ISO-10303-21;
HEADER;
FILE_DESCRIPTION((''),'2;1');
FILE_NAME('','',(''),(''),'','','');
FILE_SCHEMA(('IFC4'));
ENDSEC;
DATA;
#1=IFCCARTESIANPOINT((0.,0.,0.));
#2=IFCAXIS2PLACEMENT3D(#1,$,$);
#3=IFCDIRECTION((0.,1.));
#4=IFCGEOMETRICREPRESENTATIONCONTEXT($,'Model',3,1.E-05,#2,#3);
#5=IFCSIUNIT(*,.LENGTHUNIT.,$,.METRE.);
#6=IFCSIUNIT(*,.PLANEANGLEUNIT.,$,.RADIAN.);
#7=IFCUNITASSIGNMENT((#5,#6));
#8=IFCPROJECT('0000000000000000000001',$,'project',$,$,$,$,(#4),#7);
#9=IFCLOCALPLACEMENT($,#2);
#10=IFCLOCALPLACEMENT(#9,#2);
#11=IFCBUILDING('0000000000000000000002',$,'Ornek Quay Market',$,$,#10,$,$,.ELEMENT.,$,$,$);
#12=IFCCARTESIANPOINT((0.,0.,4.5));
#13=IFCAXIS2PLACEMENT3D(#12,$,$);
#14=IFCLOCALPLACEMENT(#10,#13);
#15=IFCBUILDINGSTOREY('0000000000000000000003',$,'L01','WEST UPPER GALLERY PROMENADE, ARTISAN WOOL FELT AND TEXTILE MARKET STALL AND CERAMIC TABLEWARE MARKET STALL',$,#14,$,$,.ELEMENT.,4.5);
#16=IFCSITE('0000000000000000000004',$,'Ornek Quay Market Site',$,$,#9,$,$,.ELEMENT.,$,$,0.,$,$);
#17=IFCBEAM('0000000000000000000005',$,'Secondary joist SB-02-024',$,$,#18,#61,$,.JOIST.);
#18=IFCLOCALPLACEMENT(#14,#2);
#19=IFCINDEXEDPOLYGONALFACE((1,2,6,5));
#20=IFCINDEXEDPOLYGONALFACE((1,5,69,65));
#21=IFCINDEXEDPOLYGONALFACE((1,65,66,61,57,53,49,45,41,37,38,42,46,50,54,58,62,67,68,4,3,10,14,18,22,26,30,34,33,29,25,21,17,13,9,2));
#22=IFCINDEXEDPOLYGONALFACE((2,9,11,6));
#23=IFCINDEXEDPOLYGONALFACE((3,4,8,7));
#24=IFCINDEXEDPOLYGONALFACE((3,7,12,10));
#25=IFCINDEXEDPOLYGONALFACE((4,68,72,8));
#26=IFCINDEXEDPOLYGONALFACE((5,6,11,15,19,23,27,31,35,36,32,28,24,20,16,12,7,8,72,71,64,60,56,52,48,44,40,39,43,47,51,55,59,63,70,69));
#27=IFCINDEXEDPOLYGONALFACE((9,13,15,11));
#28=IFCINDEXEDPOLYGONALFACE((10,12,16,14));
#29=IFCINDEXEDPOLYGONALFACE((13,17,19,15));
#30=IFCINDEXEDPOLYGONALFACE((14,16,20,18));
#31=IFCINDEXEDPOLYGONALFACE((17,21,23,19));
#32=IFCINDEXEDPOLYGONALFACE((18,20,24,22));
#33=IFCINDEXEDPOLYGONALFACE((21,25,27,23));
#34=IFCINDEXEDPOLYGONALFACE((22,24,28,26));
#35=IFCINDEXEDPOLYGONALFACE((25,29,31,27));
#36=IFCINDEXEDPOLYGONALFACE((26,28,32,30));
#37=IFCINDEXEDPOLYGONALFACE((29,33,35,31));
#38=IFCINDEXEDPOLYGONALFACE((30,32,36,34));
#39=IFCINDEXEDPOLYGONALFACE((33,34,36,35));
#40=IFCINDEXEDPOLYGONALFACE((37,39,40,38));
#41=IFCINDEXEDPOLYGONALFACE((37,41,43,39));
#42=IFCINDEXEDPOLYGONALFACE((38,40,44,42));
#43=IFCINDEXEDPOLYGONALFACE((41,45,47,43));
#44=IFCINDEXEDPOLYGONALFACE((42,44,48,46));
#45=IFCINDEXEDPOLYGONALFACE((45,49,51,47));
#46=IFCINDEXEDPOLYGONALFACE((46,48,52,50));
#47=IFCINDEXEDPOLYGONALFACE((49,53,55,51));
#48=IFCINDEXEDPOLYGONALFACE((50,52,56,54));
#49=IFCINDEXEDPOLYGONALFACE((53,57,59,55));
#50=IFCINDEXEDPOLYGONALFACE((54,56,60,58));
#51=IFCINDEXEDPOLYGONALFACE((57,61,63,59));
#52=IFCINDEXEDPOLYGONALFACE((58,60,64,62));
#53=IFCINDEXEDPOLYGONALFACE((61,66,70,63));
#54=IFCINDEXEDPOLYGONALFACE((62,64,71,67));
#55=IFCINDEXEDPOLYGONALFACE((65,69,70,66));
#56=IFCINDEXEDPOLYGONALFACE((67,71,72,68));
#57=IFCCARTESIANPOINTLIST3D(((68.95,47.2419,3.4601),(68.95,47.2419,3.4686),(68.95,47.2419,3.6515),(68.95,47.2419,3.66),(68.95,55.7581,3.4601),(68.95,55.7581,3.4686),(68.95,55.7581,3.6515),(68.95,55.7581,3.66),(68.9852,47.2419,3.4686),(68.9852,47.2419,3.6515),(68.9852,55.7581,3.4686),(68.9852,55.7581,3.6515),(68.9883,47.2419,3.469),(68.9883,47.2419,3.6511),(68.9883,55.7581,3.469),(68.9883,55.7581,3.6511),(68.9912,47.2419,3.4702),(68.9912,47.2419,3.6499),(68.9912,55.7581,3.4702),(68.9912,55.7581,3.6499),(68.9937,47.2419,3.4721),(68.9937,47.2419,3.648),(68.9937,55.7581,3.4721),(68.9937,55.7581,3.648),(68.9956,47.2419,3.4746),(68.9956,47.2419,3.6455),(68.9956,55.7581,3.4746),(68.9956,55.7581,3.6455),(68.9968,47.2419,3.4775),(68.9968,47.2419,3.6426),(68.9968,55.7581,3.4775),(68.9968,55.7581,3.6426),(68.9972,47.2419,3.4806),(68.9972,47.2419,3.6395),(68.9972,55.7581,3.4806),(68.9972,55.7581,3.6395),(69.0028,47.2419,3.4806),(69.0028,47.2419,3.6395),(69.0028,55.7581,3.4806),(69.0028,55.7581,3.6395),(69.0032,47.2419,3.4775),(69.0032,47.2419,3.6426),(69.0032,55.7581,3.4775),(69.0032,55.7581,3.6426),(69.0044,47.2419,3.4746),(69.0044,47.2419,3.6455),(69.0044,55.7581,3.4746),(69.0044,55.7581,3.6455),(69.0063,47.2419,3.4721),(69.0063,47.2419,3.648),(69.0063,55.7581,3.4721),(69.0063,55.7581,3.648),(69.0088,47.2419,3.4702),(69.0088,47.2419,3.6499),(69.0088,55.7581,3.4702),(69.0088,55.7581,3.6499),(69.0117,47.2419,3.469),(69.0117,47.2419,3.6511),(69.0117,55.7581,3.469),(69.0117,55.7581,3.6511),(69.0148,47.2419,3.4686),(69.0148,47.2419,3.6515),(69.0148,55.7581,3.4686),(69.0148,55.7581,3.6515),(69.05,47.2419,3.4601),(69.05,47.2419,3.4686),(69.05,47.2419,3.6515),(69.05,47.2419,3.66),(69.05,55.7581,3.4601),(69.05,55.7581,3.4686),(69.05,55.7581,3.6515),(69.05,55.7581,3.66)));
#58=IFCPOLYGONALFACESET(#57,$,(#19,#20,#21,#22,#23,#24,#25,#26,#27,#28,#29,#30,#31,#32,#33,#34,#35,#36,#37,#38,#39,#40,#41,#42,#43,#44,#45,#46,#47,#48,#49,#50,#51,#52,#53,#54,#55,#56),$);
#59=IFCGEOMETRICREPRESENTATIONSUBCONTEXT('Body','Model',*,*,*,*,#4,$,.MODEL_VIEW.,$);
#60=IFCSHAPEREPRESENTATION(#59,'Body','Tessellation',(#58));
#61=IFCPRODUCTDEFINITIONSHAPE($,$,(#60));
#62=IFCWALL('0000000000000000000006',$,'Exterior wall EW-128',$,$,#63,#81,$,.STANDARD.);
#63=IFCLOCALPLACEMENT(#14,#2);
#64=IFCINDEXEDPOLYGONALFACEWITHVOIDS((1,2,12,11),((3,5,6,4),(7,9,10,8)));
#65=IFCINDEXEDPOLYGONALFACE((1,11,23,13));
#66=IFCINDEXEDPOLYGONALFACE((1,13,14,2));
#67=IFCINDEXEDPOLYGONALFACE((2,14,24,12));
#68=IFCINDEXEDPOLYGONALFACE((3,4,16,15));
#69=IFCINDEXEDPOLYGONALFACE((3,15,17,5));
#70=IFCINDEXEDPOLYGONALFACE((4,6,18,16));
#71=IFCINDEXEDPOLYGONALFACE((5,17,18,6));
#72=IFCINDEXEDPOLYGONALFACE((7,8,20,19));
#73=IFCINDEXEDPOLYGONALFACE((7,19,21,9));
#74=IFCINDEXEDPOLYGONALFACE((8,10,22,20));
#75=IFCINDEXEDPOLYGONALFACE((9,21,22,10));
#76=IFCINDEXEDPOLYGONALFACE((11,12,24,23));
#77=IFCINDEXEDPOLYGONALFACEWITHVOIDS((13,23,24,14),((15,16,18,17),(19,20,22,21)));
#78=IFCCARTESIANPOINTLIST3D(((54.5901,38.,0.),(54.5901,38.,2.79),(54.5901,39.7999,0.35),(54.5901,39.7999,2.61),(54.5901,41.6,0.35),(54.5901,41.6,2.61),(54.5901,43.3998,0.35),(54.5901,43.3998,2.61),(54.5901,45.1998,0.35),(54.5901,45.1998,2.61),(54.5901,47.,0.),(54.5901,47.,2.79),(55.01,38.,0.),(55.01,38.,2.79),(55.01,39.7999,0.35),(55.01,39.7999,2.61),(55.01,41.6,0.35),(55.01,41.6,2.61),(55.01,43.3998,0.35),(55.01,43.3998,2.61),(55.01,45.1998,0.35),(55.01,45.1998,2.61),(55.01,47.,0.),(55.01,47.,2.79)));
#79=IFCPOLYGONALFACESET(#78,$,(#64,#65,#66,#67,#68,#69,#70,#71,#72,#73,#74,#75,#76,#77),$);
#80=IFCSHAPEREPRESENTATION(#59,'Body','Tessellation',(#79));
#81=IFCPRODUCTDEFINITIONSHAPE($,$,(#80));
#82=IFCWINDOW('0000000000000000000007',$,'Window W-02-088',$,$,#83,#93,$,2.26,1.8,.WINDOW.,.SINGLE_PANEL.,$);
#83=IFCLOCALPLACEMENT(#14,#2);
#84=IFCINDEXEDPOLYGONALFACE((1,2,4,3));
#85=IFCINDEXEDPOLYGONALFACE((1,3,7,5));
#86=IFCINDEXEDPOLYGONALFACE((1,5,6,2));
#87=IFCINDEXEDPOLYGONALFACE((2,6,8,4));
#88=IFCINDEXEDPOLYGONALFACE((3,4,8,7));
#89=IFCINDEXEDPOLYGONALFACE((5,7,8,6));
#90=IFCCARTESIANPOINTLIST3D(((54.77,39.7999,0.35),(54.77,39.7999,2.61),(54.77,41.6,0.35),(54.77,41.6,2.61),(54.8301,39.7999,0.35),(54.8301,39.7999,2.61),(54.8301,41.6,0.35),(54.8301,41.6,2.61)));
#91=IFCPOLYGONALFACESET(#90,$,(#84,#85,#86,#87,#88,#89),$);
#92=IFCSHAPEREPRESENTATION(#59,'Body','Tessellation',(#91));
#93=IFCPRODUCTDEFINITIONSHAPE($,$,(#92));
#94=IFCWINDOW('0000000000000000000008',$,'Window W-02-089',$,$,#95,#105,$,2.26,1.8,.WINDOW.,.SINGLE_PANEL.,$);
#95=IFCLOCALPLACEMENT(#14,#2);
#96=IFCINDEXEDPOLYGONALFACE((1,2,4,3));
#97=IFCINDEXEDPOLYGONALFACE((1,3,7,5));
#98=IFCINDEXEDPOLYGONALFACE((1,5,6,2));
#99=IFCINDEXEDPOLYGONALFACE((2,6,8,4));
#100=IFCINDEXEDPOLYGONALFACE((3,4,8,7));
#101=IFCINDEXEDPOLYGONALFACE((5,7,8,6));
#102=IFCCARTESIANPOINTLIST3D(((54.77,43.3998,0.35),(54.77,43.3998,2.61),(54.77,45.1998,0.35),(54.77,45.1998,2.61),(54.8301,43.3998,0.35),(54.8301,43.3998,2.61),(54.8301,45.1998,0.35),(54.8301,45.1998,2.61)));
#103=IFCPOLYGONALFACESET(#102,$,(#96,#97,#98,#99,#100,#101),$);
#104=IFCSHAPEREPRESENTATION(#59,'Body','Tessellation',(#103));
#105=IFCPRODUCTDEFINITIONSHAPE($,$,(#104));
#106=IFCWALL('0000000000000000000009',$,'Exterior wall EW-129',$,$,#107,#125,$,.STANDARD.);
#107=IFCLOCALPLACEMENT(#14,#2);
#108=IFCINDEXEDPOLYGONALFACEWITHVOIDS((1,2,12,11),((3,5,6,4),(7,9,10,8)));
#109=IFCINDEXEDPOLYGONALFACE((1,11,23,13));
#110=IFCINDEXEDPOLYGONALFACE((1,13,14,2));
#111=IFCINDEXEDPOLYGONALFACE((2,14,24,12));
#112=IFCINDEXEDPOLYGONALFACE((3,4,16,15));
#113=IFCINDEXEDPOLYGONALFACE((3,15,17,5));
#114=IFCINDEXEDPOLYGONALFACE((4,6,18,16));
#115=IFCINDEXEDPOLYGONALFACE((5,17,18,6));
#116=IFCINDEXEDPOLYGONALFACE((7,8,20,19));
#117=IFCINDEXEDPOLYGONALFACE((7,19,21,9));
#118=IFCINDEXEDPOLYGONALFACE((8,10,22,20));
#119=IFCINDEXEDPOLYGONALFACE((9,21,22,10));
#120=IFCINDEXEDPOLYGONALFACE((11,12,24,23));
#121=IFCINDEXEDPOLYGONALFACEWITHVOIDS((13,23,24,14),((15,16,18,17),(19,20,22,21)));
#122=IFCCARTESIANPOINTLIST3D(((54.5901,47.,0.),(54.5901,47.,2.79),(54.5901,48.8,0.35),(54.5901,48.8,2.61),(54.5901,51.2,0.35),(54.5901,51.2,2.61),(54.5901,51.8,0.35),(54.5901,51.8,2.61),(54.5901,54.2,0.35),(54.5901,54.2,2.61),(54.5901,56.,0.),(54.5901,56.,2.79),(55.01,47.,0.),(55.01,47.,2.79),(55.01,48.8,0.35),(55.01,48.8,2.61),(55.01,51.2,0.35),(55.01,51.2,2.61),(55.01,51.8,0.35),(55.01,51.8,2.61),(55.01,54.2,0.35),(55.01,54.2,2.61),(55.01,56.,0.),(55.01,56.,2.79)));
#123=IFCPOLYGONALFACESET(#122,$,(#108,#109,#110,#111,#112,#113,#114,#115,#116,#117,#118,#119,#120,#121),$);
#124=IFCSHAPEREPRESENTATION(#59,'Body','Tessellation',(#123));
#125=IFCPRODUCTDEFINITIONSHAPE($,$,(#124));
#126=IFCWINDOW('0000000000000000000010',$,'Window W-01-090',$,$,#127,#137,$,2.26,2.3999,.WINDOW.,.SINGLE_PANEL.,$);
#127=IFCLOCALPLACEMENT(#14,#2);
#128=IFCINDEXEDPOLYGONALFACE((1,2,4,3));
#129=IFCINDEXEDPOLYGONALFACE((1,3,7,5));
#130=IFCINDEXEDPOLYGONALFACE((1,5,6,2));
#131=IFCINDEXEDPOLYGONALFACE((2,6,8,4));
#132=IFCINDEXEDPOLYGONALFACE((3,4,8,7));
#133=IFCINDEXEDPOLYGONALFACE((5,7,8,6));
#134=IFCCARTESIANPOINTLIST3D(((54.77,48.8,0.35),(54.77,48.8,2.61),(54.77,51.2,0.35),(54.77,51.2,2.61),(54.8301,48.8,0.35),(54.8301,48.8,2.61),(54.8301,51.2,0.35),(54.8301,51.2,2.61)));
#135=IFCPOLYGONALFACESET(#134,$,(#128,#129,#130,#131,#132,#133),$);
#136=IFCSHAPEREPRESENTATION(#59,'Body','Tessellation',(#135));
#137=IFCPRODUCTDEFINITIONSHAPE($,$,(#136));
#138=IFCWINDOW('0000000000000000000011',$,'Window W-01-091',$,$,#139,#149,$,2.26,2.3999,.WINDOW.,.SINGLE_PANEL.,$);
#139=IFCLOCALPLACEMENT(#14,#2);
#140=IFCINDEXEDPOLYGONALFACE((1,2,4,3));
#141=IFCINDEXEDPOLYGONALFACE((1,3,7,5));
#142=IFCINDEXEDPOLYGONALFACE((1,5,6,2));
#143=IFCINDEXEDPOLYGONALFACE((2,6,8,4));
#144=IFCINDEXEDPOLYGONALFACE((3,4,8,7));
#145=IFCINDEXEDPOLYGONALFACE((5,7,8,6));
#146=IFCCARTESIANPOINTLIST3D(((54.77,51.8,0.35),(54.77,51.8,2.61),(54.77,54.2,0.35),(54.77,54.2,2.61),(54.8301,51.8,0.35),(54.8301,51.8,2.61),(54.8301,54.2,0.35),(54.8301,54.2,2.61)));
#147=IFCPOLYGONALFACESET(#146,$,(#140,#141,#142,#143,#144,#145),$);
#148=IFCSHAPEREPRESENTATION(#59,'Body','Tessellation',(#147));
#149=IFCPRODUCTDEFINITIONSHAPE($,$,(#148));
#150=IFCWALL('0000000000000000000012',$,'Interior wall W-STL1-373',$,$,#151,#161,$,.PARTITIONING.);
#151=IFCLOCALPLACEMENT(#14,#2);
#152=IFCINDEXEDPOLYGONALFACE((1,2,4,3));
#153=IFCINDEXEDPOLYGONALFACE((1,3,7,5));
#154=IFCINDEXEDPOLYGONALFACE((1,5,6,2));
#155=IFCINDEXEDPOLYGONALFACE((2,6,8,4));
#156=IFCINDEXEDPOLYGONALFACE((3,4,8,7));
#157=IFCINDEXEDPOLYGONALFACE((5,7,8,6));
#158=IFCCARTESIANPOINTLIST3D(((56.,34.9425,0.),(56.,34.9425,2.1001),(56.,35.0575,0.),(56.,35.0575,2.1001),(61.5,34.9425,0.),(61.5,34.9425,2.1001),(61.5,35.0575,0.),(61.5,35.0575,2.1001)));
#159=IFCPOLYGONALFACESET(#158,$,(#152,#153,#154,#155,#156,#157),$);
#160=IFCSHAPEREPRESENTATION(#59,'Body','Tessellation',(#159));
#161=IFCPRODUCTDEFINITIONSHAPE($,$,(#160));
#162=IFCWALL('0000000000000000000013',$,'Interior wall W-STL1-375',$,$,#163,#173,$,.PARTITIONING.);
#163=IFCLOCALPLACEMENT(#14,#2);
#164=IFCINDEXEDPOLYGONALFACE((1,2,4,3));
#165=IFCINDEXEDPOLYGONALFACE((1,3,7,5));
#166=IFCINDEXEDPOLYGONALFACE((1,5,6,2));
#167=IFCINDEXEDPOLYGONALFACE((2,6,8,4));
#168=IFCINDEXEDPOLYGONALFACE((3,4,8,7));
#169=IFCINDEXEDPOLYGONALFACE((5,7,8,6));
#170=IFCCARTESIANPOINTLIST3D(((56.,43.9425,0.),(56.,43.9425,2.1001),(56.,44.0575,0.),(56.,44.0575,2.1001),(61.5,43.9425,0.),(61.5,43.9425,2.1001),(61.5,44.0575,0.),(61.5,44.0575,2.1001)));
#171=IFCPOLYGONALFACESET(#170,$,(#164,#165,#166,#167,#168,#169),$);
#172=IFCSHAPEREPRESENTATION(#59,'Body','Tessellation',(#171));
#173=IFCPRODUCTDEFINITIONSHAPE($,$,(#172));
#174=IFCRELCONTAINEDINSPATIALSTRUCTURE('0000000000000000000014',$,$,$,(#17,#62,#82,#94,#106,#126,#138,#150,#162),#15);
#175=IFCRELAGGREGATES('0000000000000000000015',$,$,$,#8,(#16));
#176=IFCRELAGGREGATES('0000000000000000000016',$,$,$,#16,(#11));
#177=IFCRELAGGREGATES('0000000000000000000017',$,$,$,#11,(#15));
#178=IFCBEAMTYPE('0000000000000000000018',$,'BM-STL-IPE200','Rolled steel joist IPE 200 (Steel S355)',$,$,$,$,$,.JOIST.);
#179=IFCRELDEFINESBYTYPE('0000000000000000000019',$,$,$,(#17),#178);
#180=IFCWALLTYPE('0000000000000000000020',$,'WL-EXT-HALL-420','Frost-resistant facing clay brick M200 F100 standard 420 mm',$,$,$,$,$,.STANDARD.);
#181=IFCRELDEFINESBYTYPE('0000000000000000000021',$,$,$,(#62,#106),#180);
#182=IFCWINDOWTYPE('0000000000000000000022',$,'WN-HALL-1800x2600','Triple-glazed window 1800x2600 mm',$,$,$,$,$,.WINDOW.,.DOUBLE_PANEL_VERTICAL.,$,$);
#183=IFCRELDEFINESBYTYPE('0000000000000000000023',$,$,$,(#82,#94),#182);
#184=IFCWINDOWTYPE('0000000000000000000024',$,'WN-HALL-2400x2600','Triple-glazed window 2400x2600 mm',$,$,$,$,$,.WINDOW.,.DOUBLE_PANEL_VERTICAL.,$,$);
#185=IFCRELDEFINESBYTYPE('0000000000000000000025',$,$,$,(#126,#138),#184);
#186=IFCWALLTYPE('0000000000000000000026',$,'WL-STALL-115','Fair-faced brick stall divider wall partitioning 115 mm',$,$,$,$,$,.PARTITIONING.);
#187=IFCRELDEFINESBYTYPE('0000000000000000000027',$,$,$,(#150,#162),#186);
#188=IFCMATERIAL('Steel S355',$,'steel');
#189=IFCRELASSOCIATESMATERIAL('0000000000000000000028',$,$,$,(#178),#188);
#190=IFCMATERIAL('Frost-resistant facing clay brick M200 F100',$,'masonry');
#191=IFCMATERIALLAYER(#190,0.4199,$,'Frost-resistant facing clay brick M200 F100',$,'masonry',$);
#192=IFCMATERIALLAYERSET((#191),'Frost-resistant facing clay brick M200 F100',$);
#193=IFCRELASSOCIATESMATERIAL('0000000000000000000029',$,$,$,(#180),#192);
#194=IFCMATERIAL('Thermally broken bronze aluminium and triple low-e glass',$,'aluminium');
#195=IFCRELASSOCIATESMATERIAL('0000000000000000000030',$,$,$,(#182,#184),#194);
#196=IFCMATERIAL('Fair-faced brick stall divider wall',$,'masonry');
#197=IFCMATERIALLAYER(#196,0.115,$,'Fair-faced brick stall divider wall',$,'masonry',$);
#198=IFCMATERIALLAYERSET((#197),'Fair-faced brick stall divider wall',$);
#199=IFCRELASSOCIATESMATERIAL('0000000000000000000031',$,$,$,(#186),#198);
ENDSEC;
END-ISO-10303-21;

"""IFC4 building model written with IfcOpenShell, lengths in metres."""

from ifc_helpers import new_model, si_unit, direction, frame, frame_2d, origin, origin_2d, place, context, subcontext, project, spatial, rectangle, i_section, extrude, material, layer, layer_set, material_profile, profile_set, type_object, element, fill, save


model = new_model("IFC4")

# Units and contexts
model_context = context("Model", 3, precision=1e-05, world=origin(), true_north=direction((0.0, 1.0)))
body_context = subcontext(model_context, "Body", "Model", "MODEL_VIEW")
ifc_project = project(units=[si_unit("LENGTHUNIT", "METRE"), si_unit("PLANEANGLEUNIT", "RADIAN")], contexts=[model_context])

# Site, building, storey
site_placement = place(None, origin())
site = spatial("IfcSite", under=ifc_project, at=site_placement, Name="Ornek Quay Market Site", CompositionType="ELEMENT", RefElevation=0.0)
building_placement = place(site_placement, origin())
building = spatial("IfcBuilding", under=site, at=building_placement, Name="Ornek Quay Market", CompositionType="ELEMENT")
storey_placement = place(building_placement, frame((0.0, 0.0, 4.5)))
storey = spatial("IfcBuildingStorey", under=building, at=storey_placement, Name="L01", Description="WEST UPPER GALLERY PROMENADE, ARTISAN WOOL FELT AND TEXTILE MARKET STALL AND CERAMIC TABLEWARE MARKET STALL", CompositionType="ELEMENT", Elevation=4.5)

# Beam
ifc_material_1 = material(Name="Steel S355", Category="steel")
ifc_material_profile_1 = material_profile(ifc_material_1, i_section(OverallWidth=0.1001, OverallDepth=0.2, WebThickness=0.0056, FlangeThickness=0.0085, FilletRadius=0.012, at=origin_2d()), Name="IPE 200", Category="steel")
ifc_profile_set_1 = profile_set([ifc_material_profile_1], Name="Steel S355")
beam_type_1 = type_object("IfcBeamType", Name="BM-STL-IPE200", Description="Rolled steel joist IPE 200 (Steel S355)", PredefinedType="JOIST", material=ifc_profile_set_1)
for number, where, z_axis, x_axis, name in (
    (1, (69.0, 47.2419, 3.5601), (0.0, 1.0, 0.0), (-1.0, 0.0, 0.0), "Secondary joist SB-02-024"),
):
    element("IfcBeam", number, at=place(storey_placement, frame(where, z_axis=z_axis, x_axis=x_axis)), inside=storey, type_object=beam_type_1, Name=name, PredefinedType="JOIST", context=body_context, shape_type="SweptSolid", body=[
        extrude(i_section(OverallWidth=0.1001, OverallDepth=0.2, WebThickness=0.0056, FlangeThickness=0.0085, FilletRadius=0.012, at=origin_2d()), origin(), (0.0, 0.0, 1.0), 8.5161),
    ])

# Walls, openings, windows
ifc_material_2 = material(Name="Frost-resistant facing clay brick M200 F100", Category="masonry")
ifc_layer_1 = layer(ifc_material_2, 0.4199, Name="Frost-resistant facing clay brick M200 F100", Category="masonry")
ifc_layer_set_1 = layer_set([ifc_layer_1], Name="Frost-resistant facing clay brick M200 F100")
wall_type_1 = type_object("IfcWallType", Name="WL-EXT-HALL-420", Description="Frost-resistant facing clay brick M200 F100 standard 420 mm", PredefinedType="STANDARD", material=ifc_layer_set_1)
wall_1_placement = place(storey_placement, frame((54.8, 38.0, 0.0), z_axis=(0.0, 0.0, 1.0), x_axis=(0.0, 1.0, 0.0)))
wall_1 = element("IfcWall", 2, at=wall_1_placement, inside=storey, type_object=wall_type_1, Name="Exterior wall EW-128", PredefinedType="STANDARD", context=body_context, shape_type="SweptSolid", body=[
    extrude(rectangle(XDim=9.0, YDim=0.4199, at=frame_2d((4.5, 0.0))), origin(), (0.0, 0.0, 1.0), 2.79),
])
opening_1_placement = place(wall_1_placement, frame((1.8, 0.0, 0.3501)))
opening_1 = element("IfcOpeningElement", 3, at=opening_1_placement, cuts=wall_1, PredefinedType="OPENING", context=body_context, shape_type="SweptSolid", body=[
    extrude(rectangle(XDim=1.8, YDim=2.26, at=frame_2d((0.8999, 1.1299))), frame((0.0, 0.22, 0.0), z_axis=(0.0, -1.0, 0.0), x_axis=(1.0, 0.0, 0.0)), (0.0, 0.0, 1.0), 0.4399),
])
opening_2_placement = place(wall_1_placement, frame((5.3999, 0.0, 0.3501)))
opening_2 = element("IfcOpeningElement", 4, at=opening_2_placement, cuts=wall_1, PredefinedType="OPENING", context=body_context, shape_type="SweptSolid", body=[
    extrude(rectangle(XDim=1.8, YDim=2.26, at=frame_2d((0.8999, 1.1299))), frame((0.0, 0.22, 0.0), z_axis=(0.0, -1.0, 0.0), x_axis=(1.0, 0.0, 0.0)), (0.0, 0.0, 1.0), 0.4399),
])
ifc_material_3 = material(Name="Thermally broken bronze aluminium and triple low-e glass", Category="aluminium")
window_type_1 = type_object("IfcWindowType", Name="WN-HALL-1800x2600", Description="Triple-glazed window 1800x2600 mm", PartitioningType="DOUBLE_PANEL_VERTICAL", PredefinedType="WINDOW", material=ifc_material_3)
window_1_placement = place(opening_1_placement, origin())
window_1 = element("IfcWindow", 5, at=window_1_placement, inside=storey, type_object=window_type_1, Name="Window W-02-088", OverallHeight=2.26, OverallWidth=1.8, PartitioningType="SINGLE_PANEL", PredefinedType="WINDOW", context=body_context, shape_type="SweptSolid", body=[
    extrude(rectangle(XDim=1.8, YDim=2.26, at=frame_2d((0.8999, 1.1299))), frame((0.0, 0.03, 0.0), z_axis=(0.0, -1.0, 0.0), x_axis=(1.0, 0.0, 0.0)), (0.0, 0.0, 1.0), 0.0601),
])
fill(opening_1, window_1)
window_2_placement = place(opening_2_placement, origin())
window_2 = element("IfcWindow", 6, at=window_2_placement, inside=storey, type_object=window_type_1, Name="Window W-02-089", OverallHeight=2.26, OverallWidth=1.8, PartitioningType="SINGLE_PANEL", PredefinedType="WINDOW", context=body_context, shape_type="SweptSolid", body=[
    extrude(rectangle(XDim=1.8, YDim=2.26, at=frame_2d((0.8999, 1.1299))), frame((0.0, 0.03, 0.0), z_axis=(0.0, -1.0, 0.0), x_axis=(1.0, 0.0, 0.0)), (0.0, 0.0, 1.0), 0.0601),
])
fill(opening_2, window_2)
wall_2_placement = place(storey_placement, frame((54.8, 47.0, 0.0), z_axis=(0.0, 0.0, 1.0), x_axis=(0.0, 1.0, 0.0)))
wall_2 = element("IfcWall", 7, at=wall_2_placement, inside=storey, type_object=wall_type_1, Name="Exterior wall EW-129", PredefinedType="STANDARD", context=body_context, shape_type="SweptSolid", body=[
    extrude(rectangle(XDim=9.0, YDim=0.4199, at=frame_2d((4.5, 0.0))), origin(), (0.0, 0.0, 1.0), 2.79),
])
opening_3_placement = place(wall_2_placement, frame((1.8, 0.0, 0.3501)))
opening_3 = element("IfcOpeningElement", 8, at=opening_3_placement, cuts=wall_2, PredefinedType="OPENING", context=body_context, shape_type="SweptSolid", body=[
    extrude(rectangle(XDim=2.3999, YDim=2.26, at=frame_2d((1.2, 1.1299))), frame((0.0, 0.22, 0.0), z_axis=(0.0, -1.0, 0.0), x_axis=(1.0, 0.0, 0.0)), (0.0, 0.0, 1.0), 0.4399),
])
opening_4_placement = place(wall_2_placement, frame((4.8, 0.0, 0.3501)))
opening_4 = element("IfcOpeningElement", 9, at=opening_4_placement, cuts=wall_2, PredefinedType="OPENING", context=body_context, shape_type="SweptSolid", body=[
    extrude(rectangle(XDim=2.3999, YDim=2.26, at=frame_2d((1.2, 1.1299))), frame((0.0, 0.22, 0.0), z_axis=(0.0, -1.0, 0.0), x_axis=(1.0, 0.0, 0.0)), (0.0, 0.0, 1.0), 0.4399),
])
window_type_2 = type_object("IfcWindowType", Name="WN-HALL-2400x2600", Description="Triple-glazed window 2400x2600 mm", PartitioningType="DOUBLE_PANEL_VERTICAL", PredefinedType="WINDOW", material=ifc_material_3)
window_3_placement = place(opening_3_placement, origin())
window_3 = element("IfcWindow", 10, at=window_3_placement, inside=storey, type_object=window_type_2, Name="Window W-01-090", OverallHeight=2.26, OverallWidth=2.3999, PartitioningType="SINGLE_PANEL", PredefinedType="WINDOW", context=body_context, shape_type="SweptSolid", body=[
    extrude(rectangle(XDim=2.3999, YDim=2.26, at=frame_2d((1.2, 1.1299))), frame((0.0, 0.03, 0.0), z_axis=(0.0, -1.0, 0.0), x_axis=(1.0, 0.0, 0.0)), (0.0, 0.0, 1.0), 0.0601),
])
fill(opening_3, window_3)
window_4_placement = place(opening_4_placement, origin())
window_4 = element("IfcWindow", 11, at=window_4_placement, inside=storey, type_object=window_type_2, Name="Window W-01-091", OverallHeight=2.26, OverallWidth=2.3999, PartitioningType="SINGLE_PANEL", PredefinedType="WINDOW", context=body_context, shape_type="SweptSolid", body=[
    extrude(rectangle(XDim=2.3999, YDim=2.26, at=frame_2d((1.2, 1.1299))), frame((0.0, 0.03, 0.0), z_axis=(0.0, -1.0, 0.0), x_axis=(1.0, 0.0, 0.0)), (0.0, 0.0, 1.0), 0.0601),
])
fill(opening_4, window_4)

# Walls
ifc_material_4 = material(Name="Fair-faced brick stall divider wall", Category="masonry")
ifc_layer_2 = layer(ifc_material_4, 0.115, Name="Fair-faced brick stall divider wall", Category="masonry")
ifc_layer_set_2 = layer_set([ifc_layer_2], Name="Fair-faced brick stall divider wall")
wall_type_2 = type_object("IfcWallType", Name="WL-STALL-115", Description="Fair-faced brick stall divider wall partitioning 115 mm", PredefinedType="PARTITIONING", material=ifc_layer_set_2)
for number, where, z_axis, x_axis, name in (
    (12, (56.0, 35.0, 0.0), (0.0, 0.0, 1.0), (1.0, 0.0, 0.0), "Interior wall W-STL1-373"),
    (13, (56.0, 44.0, 0.0), (0.0, 0.0, 1.0), (1.0, 0.0, 0.0), "Interior wall W-STL1-375"),
):
    element("IfcWall", number, at=place(storey_placement, frame(where, z_axis=z_axis, x_axis=x_axis)), inside=storey, type_object=wall_type_2, Name=name, PredefinedType="PARTITIONING", context=body_context, shape_type="SweptSolid", body=[
        extrude(rectangle(XDim=5.5, YDim=0.115, at=frame_2d((2.75, 0.0))), origin(), (0.0, 0.0, 1.0), 2.1001),
    ])

save(model, "model.ifc")
